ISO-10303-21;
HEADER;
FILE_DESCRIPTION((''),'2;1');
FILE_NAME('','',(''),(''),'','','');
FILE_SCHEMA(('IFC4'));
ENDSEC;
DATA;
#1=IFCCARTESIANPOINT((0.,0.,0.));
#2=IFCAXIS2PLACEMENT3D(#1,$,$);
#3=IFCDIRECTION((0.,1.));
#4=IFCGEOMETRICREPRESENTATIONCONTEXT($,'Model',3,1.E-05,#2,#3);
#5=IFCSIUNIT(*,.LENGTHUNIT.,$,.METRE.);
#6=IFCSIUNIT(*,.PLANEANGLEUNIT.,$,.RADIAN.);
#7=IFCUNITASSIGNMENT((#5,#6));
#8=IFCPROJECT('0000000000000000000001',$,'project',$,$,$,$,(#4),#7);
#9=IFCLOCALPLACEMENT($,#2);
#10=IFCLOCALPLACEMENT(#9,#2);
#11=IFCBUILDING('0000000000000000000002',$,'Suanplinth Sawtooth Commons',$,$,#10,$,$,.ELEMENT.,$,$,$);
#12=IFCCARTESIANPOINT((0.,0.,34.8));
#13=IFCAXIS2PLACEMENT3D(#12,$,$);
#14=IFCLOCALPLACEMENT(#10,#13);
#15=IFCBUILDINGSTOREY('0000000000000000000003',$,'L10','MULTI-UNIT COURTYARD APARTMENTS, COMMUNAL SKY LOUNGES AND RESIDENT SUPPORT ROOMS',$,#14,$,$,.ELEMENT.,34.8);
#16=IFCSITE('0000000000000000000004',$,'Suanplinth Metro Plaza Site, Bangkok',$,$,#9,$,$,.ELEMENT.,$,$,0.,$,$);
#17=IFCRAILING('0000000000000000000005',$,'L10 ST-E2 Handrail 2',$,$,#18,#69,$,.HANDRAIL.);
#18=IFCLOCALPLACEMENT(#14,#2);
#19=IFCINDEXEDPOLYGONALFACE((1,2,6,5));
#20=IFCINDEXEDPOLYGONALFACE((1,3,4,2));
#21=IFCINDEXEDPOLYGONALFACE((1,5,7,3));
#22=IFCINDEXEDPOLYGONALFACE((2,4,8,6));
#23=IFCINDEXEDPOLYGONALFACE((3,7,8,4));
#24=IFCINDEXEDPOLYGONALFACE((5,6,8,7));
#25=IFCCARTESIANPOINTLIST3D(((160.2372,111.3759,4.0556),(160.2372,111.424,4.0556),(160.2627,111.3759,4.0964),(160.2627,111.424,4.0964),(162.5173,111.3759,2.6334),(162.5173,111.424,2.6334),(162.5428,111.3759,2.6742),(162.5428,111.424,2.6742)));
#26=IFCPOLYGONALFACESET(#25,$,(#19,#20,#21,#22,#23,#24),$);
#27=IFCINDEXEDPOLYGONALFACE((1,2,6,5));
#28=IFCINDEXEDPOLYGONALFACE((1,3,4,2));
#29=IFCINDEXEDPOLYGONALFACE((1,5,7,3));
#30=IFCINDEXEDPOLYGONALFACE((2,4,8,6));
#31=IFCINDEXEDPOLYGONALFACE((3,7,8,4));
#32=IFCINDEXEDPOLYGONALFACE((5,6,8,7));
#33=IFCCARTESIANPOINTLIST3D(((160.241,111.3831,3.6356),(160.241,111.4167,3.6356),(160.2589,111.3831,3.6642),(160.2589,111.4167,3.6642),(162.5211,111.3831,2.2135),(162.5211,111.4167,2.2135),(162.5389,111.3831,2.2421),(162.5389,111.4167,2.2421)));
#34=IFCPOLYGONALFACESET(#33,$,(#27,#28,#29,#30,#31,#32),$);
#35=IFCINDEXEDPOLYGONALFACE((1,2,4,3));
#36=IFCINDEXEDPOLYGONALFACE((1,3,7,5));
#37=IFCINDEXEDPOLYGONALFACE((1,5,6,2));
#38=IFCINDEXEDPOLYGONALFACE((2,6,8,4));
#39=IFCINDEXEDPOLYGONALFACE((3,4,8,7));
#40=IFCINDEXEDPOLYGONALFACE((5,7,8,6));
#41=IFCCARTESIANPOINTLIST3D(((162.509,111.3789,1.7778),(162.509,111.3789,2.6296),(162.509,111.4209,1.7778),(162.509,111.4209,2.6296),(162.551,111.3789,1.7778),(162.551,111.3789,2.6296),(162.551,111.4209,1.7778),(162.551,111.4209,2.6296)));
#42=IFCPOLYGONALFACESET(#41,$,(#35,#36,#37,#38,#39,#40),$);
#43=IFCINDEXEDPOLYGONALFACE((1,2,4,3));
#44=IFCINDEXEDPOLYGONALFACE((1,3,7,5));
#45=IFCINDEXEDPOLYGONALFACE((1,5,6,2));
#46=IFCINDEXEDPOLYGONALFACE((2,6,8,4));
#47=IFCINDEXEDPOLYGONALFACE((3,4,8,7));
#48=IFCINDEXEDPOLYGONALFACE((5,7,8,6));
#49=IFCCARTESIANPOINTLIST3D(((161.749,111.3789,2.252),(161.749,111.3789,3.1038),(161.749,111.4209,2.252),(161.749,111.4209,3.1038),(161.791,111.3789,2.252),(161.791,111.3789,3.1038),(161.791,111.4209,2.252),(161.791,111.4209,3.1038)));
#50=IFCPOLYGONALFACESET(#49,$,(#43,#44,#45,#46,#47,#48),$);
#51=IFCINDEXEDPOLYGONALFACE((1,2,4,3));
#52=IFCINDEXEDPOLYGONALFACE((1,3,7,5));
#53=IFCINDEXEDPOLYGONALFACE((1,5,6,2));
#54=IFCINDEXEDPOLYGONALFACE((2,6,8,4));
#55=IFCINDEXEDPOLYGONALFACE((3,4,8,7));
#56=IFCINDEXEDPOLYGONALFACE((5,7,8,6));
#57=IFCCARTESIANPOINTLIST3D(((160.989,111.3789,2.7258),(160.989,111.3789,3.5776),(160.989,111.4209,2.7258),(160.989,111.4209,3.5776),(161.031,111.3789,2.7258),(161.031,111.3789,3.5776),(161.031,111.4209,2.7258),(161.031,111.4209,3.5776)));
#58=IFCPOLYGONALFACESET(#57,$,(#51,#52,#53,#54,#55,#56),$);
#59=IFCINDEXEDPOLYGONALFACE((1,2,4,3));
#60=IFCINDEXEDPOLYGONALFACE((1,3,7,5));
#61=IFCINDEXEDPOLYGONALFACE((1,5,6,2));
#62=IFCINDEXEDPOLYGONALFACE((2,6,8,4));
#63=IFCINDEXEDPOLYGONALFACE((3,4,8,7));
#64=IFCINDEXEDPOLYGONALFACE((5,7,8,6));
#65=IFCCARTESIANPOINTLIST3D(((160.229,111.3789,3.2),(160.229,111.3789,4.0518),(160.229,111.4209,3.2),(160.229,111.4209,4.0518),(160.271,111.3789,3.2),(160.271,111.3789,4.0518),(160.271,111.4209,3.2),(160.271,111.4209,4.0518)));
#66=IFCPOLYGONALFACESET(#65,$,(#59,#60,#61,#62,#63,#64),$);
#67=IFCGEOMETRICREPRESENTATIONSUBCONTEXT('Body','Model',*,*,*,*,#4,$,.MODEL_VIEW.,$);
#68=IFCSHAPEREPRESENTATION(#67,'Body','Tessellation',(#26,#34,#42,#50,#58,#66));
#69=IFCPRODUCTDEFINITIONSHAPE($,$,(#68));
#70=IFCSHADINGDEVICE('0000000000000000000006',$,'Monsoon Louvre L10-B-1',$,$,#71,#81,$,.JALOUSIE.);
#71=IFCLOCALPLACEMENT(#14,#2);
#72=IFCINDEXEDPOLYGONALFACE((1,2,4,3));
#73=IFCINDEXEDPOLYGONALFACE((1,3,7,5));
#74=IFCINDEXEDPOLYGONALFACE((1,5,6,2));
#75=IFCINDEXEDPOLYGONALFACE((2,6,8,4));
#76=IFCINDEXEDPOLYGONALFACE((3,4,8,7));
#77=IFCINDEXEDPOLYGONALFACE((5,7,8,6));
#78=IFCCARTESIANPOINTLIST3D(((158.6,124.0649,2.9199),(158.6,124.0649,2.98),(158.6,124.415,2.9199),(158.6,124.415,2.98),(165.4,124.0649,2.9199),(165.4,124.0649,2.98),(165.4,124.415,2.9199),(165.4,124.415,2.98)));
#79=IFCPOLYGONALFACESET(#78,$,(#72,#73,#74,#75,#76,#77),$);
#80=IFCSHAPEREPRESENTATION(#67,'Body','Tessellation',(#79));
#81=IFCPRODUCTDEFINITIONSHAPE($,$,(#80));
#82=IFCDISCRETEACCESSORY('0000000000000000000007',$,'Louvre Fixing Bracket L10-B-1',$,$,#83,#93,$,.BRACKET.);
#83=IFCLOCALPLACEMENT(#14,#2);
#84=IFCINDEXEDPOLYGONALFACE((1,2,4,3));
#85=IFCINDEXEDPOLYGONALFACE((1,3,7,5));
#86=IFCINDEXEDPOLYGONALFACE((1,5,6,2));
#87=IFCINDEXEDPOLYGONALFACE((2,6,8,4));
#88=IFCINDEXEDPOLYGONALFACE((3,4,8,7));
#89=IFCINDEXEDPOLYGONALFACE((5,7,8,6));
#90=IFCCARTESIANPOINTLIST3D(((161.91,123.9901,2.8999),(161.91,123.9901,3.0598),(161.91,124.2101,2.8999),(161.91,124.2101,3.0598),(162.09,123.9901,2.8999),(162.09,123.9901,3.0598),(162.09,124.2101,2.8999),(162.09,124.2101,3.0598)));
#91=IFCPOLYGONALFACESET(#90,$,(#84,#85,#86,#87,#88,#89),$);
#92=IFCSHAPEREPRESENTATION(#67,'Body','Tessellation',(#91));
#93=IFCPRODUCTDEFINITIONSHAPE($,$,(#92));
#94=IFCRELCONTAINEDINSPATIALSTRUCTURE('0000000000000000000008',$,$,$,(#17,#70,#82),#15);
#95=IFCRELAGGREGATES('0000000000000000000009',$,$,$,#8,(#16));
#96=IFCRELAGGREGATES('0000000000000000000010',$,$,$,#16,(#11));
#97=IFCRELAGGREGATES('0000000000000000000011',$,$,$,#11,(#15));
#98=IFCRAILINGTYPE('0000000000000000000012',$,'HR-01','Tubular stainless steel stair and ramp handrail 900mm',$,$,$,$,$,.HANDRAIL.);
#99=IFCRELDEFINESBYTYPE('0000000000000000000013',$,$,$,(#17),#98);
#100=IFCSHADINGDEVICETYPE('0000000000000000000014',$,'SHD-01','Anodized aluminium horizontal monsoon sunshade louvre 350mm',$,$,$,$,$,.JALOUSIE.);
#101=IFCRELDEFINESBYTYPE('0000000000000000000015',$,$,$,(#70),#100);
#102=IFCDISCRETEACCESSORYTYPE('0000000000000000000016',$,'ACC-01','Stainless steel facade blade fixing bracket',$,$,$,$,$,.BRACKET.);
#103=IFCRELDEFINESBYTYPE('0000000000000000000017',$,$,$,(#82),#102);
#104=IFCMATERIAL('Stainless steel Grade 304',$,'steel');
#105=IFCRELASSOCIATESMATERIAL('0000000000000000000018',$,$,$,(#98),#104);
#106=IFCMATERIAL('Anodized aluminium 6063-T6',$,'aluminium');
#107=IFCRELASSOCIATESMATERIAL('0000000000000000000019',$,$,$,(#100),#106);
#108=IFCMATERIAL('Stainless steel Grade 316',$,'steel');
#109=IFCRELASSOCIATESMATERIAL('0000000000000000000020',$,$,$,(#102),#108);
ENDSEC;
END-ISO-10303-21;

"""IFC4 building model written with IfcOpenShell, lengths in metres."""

from ifc_helpers import new_model, si_unit, direction, frame, origin, origin_2d, place, context, subcontext, project, spatial, rectangle, extrude, material, type_object, element, save


model = new_model("IFC4")

# Units and contexts
model_context = context("Model", 3, precision=1e-05, world=origin(), true_north=direction((0.0, 1.0)))
body_context = subcontext(model_context, "Body", "Model", "MODEL_VIEW")
ifc_project = project(units=[si_unit("LENGTHUNIT", "METRE"), si_unit("PLANEANGLEUNIT", "RADIAN")], contexts=[model_context])

# Site, building, storey
site_placement = place(None, origin())
site = spatial("IfcSite", under=ifc_project, at=site_placement, Name="Suanplinth Metro Plaza Site, Bangkok", CompositionType="ELEMENT", RefElevation=0.0)
building_placement = place(site_placement, origin())
building = spatial("IfcBuilding", under=site, at=building_placement, Name="Suanplinth Sawtooth Commons", CompositionType="ELEMENT")
storey_placement = place(building_placement, frame((0.0, 0.0, 34.8)))
storey = spatial("IfcBuildingStorey", under=building, at=storey_placement, Name="L10", Description="MULTI-UNIT COURTYARD APARTMENTS, COMMUNAL SKY LOUNGES AND RESIDENT SUPPORT ROOMS", CompositionType="ELEMENT", Elevation=34.8)

# Shared definitions
ifc_material_1 = material(Name="Stainless steel Grade 304", Category="steel")

# Railing
railing_type = type_object("IfcRailingType", Name="HR-01", Description="Tubular stainless steel stair and ramp handrail 900mm", PredefinedType="HANDRAIL", material=ifc_material_1)
railing_placement = place(storey_placement, frame((162.53, 111.3999, 1.7778)))
element("IfcRailing", 1, at=railing_placement, inside=storey, type_object=railing_type, Name="L10 ST-E2 Handrail 2", PredefinedType="HANDRAIL", context=body_context, shape_type="SweptSolid", body=[
    extrude(rectangle(XDim=0.0481, YDim=0.0481, at=origin_2d()), frame((0.0, 0.0, 0.876), z_axis=(-0.848483, 0.0, 0.529223), x_axis=(0.0, -1.0, 0.0)), (0.0, 0.0, 1.0), 2.6873),
    extrude(rectangle(XDim=0.0337, YDim=0.0337, at=origin_2d()), frame((0.0, 0.0, 0.45), z_axis=(-0.848483, 0.0, 0.529223), x_axis=(0.0, -1.0, 0.0)), (0.0, 0.0, 1.0), 2.6873),
    extrude(rectangle(XDim=0.042, YDim=0.042, at=origin_2d()), origin(), (0.0, 0.0, 1.0), 0.8518),
    extrude(rectangle(XDim=0.042, YDim=0.042, at=origin_2d()), frame((-0.76, 0.0, 0.4741)), (0.0, 0.0, 1.0), 0.8518),
    extrude(rectangle(XDim=0.042, YDim=0.042, at=origin_2d()), frame((-1.52, 0.0, 0.948)), (0.0, 0.0, 1.0), 0.8518),
    extrude(rectangle(XDim=0.042, YDim=0.042, at=origin_2d()), frame((-2.28, 0.0, 1.4221)), (0.0, 0.0, 1.0), 0.8518),
])

# Shading device
ifc_material_2 = material(Name="Anodized aluminium 6063-T6", Category="aluminium")
shading_device_type = type_object("IfcShadingDeviceType", Name="SHD-01", Description="Anodized aluminium horizontal monsoon sunshade louvre 350mm", PredefinedType="JALOUSIE", material=ifc_material_2)
shading_device_placement = place(storey_placement, frame((162.0, 124.24, 2.9199), z_axis=(0.0, 0.0, 1.0), x_axis=(1.0, 0.0, 0.0)))
element("IfcShadingDevice", 2, at=shading_device_placement, inside=storey, type_object=shading_device_type, Name="Monsoon Louvre L10-B-1", PredefinedType="JALOUSIE", context=body_context, shape_type="SweptSolid", body=[
    extrude(rectangle(XDim=6.8, YDim=0.3501, at=origin_2d()), origin(), (0.0, 0.0, 1.0), 0.0601),
])

# Discrete accessory
ifc_material_3 = material(Name="Stainless steel Grade 316", Category="steel")
discrete_accessory_type = type_object("IfcDiscreteAccessoryType", Name="ACC-01", Description="Stainless steel facade blade fixing bracket", PredefinedType="BRACKET", material=ifc_material_3)
discrete_accessory_placement = place(storey_placement, frame((162.0, 124.1001, 2.8999), z_axis=(0.0, 0.0, 1.0), x_axis=(1.0, 0.0, 0.0)))
element("IfcDiscreteAccessory", 3, at=discrete_accessory_placement, inside=storey, type_object=discrete_accessory_type, Name="Louvre Fixing Bracket L10-B-1", PredefinedType="BRACKET", context=body_context, shape_type="SweptSolid", body=[
    extrude(rectangle(XDim=0.1799, YDim=0.22, at=origin_2d()), origin(), (0.0, 0.0, 1.0), 0.1599),
])

save(model, "model.ifc")
